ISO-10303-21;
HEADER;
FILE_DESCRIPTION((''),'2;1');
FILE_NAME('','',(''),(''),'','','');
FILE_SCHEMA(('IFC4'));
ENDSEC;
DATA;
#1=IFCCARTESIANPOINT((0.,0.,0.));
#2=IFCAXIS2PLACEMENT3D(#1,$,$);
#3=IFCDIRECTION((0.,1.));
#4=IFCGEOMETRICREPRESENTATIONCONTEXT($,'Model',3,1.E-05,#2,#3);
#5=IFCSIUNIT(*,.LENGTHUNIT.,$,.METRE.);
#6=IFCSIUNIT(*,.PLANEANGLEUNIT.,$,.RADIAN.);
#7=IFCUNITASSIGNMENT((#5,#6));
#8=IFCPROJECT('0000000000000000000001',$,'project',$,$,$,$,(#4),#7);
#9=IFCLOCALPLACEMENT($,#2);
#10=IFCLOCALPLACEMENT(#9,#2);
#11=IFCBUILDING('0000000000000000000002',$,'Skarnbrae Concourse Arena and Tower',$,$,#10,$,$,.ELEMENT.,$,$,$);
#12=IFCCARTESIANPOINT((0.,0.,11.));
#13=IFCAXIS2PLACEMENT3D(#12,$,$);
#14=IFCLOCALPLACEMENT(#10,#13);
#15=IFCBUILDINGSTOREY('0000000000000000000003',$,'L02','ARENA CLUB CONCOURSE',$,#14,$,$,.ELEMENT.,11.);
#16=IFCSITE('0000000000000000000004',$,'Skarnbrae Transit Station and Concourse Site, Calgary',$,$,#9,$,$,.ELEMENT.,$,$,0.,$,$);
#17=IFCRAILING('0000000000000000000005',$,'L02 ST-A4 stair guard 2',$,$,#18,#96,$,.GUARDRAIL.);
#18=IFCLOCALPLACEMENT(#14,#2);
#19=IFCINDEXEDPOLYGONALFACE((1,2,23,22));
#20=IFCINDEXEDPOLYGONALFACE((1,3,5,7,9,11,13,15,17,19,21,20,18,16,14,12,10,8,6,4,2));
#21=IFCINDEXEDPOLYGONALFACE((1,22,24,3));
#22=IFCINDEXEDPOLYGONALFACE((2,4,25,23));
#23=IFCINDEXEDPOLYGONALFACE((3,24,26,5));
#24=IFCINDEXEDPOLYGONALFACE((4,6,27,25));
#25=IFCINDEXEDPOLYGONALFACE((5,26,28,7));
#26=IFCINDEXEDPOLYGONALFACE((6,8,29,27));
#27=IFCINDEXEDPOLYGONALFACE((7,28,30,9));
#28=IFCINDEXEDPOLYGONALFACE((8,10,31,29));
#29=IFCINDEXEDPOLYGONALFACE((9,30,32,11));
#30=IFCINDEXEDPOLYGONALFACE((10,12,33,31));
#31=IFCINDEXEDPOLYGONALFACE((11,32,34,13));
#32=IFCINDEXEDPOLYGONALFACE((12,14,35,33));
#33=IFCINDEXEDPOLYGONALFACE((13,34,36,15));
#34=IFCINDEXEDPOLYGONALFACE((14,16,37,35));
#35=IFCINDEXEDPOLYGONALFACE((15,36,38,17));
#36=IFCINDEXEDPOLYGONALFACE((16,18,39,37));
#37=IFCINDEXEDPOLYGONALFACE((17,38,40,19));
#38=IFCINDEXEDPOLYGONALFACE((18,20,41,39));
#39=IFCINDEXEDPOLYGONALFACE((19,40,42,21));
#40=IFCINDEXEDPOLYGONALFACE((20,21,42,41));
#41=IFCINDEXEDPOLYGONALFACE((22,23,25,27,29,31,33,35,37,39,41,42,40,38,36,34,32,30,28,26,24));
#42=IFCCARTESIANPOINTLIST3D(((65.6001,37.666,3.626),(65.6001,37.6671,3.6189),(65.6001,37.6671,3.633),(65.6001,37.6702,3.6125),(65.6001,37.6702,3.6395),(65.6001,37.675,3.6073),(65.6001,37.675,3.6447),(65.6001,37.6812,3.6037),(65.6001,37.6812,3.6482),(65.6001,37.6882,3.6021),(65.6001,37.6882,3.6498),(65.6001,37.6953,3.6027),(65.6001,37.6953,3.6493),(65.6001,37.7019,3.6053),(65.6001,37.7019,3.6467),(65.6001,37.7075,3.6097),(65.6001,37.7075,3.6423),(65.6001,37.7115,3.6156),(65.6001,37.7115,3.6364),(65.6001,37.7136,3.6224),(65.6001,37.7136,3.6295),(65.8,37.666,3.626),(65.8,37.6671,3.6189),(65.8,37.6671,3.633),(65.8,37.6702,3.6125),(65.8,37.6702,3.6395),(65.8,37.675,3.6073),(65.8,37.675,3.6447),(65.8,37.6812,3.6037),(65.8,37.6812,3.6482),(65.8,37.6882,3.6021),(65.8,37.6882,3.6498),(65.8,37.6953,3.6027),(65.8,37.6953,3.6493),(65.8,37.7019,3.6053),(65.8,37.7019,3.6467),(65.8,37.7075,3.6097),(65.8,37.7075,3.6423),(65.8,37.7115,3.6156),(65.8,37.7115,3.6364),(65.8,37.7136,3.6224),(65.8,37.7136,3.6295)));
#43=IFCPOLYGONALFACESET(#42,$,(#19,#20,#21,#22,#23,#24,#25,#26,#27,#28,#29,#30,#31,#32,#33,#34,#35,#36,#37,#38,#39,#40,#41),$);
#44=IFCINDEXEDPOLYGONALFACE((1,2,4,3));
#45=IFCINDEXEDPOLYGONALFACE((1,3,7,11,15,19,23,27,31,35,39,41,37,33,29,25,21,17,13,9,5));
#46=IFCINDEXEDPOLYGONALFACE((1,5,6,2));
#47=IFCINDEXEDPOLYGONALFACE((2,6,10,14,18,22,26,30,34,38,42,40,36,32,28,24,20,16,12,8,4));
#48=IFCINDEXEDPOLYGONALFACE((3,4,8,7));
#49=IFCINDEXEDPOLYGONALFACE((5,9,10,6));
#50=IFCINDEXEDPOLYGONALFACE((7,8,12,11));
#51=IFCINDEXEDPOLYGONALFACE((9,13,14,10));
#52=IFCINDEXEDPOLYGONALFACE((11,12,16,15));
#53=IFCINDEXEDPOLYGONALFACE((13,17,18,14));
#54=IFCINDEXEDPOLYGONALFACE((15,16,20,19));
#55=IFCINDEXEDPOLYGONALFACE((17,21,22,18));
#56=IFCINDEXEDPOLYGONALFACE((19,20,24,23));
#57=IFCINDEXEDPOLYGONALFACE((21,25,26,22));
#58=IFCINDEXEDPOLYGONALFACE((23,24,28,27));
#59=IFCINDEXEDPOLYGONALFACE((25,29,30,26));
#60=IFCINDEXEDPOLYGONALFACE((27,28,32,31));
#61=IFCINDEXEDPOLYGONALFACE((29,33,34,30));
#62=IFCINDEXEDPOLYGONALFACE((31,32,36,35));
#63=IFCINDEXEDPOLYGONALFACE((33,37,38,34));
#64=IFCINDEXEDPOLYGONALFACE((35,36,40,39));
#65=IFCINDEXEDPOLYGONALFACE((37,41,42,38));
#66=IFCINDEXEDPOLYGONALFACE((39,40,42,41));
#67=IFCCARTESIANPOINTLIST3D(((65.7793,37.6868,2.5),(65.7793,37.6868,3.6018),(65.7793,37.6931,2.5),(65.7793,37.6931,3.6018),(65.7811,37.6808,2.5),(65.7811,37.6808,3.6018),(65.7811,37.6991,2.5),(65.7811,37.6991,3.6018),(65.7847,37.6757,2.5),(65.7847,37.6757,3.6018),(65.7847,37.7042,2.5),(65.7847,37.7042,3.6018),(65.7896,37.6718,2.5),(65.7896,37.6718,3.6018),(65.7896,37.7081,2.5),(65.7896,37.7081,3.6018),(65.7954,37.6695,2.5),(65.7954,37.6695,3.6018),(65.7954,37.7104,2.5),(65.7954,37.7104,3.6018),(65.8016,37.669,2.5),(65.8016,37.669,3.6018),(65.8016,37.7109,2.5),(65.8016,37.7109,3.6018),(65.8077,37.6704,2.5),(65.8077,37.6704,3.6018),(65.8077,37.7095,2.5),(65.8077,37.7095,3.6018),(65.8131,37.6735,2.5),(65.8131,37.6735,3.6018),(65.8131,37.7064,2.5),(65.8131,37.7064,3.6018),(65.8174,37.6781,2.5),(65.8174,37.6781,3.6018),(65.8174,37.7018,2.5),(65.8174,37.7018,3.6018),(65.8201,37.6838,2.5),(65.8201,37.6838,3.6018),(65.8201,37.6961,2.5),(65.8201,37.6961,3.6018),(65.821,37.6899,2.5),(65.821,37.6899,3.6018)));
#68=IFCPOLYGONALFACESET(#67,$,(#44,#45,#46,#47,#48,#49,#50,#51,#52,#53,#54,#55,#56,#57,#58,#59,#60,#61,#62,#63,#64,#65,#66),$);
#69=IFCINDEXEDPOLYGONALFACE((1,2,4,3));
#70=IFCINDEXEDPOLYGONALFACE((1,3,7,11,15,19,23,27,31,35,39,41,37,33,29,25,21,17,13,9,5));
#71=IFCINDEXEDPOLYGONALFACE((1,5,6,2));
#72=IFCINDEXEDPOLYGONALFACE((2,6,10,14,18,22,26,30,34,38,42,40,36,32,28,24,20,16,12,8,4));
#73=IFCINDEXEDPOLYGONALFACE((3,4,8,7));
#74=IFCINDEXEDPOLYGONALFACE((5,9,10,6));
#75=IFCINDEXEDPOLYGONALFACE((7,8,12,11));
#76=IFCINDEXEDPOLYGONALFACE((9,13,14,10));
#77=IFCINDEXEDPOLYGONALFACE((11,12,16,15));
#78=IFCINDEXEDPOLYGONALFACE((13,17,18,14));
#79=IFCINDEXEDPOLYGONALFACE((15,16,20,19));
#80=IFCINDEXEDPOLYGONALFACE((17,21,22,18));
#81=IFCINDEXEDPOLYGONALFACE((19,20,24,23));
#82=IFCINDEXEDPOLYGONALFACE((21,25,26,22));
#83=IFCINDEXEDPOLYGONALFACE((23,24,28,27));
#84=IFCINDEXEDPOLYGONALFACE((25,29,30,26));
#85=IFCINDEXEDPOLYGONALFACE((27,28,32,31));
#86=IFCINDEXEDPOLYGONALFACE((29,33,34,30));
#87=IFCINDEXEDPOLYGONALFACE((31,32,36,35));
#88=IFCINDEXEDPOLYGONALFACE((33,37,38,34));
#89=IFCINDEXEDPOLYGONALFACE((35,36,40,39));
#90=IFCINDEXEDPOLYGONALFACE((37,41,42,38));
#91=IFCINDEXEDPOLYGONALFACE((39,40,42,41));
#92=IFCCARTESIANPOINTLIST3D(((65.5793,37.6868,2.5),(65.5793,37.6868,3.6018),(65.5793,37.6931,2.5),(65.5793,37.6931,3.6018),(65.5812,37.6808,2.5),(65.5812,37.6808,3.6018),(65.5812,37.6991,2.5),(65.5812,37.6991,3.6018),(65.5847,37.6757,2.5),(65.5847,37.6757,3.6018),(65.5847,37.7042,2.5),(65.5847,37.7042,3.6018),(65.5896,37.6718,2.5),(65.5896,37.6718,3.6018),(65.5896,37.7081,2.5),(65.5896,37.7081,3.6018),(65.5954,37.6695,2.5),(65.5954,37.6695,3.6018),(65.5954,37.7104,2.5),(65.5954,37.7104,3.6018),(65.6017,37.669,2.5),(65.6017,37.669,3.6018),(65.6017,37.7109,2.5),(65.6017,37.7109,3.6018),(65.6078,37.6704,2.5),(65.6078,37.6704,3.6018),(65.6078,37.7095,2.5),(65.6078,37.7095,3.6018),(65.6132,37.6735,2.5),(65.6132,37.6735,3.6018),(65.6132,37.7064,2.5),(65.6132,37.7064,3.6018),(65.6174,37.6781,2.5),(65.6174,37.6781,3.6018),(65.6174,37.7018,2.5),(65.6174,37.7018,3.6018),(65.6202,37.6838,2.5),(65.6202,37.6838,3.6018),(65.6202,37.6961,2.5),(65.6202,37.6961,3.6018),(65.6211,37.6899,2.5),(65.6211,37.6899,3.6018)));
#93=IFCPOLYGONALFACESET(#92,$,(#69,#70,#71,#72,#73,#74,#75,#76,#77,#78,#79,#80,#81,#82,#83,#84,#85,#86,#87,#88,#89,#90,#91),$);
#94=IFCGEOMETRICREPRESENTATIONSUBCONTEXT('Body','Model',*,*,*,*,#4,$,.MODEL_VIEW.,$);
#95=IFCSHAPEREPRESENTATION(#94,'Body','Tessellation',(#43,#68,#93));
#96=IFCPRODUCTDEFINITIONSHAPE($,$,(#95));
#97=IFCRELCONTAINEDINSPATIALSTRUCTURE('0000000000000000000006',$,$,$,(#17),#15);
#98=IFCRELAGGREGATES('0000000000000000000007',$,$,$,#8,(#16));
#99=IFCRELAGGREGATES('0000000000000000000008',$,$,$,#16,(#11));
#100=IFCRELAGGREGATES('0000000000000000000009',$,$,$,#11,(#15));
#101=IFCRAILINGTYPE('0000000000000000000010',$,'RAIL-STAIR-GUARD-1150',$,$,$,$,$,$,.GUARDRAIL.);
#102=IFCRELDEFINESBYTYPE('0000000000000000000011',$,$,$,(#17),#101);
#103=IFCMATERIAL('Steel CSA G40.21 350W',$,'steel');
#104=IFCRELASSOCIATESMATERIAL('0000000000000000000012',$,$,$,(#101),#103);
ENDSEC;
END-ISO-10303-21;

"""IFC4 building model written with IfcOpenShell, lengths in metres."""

from ifc_helpers import new_model, si_unit, direction, frame, origin, origin_2d, place, context, subcontext, project, spatial, circle, extrude, material, type_object, element, save


model = new_model("IFC4")

# Units and contexts
model_context = context("Model", 3, precision=1e-05, world=origin(), true_north=direction((0.0, 1.0)))
body_context = subcontext(model_context, "Body", "Model", "MODEL_VIEW")
ifc_project = project(units=[si_unit("LENGTHUNIT", "METRE"), si_unit("PLANEANGLEUNIT", "RADIAN")], contexts=[model_context])

# Site, building, storey
site_placement = place(None, origin())
site = spatial("IfcSite", under=ifc_project, at=site_placement, Name="Skarnbrae Transit Station and Concourse Site, Calgary", CompositionType="ELEMENT", RefElevation=0.0)
building_placement = place(site_placement, origin())
building = spatial("IfcBuilding", under=site, at=building_placement, Name="Skarnbrae Concourse Arena and Tower", CompositionType="ELEMENT")
storey_placement = place(building_placement, frame((0.0, 0.0, 11.0)))
storey = spatial("IfcBuildingStorey", under=building, at=storey_placement, Name="L02", Description="ARENA CLUB CONCOURSE", CompositionType="ELEMENT", Elevation=11.0)

# Shared definitions
ifc_material_1 = material(Name="Steel CSA G40.21 350W", Category="steel")

# Railing
railing_type_1 = type_object("IfcRailingType", Name="RAIL-STAIR-GUARD-1150", PredefinedType="GUARDRAIL", material=ifc_material_1)
railing_1_placement = place(storey_placement, frame((65.8, 37.6899, 2.5)))
element("IfcRailing", 1, at=railing_1_placement, inside=storey, type_object=railing_type_1, Name="L02 ST-A4 stair guard 2", PredefinedType="GUARDRAIL", context=body_context, shape_type="SweptSolid", body=[
    extrude(circle(Radius=0.0239, at=origin_2d()), frame((0.0, 0.0, 1.126), z_axis=(-1.0, 0.0, 0.0), x_axis=(0.0, -1.0, 0.0)), (0.0, 0.0, 1.0), 0.2),
    extrude(circle(Radius=0.021, at=origin_2d()), origin(), (0.0, 0.0, 1.0), 1.1018),
    extrude(circle(Radius=0.021, at=origin_2d()), frame((-0.2, 0.0, 0.0)), (0.0, 0.0, 1.0), 1.1018),
])

save(model, "model.ifc")
